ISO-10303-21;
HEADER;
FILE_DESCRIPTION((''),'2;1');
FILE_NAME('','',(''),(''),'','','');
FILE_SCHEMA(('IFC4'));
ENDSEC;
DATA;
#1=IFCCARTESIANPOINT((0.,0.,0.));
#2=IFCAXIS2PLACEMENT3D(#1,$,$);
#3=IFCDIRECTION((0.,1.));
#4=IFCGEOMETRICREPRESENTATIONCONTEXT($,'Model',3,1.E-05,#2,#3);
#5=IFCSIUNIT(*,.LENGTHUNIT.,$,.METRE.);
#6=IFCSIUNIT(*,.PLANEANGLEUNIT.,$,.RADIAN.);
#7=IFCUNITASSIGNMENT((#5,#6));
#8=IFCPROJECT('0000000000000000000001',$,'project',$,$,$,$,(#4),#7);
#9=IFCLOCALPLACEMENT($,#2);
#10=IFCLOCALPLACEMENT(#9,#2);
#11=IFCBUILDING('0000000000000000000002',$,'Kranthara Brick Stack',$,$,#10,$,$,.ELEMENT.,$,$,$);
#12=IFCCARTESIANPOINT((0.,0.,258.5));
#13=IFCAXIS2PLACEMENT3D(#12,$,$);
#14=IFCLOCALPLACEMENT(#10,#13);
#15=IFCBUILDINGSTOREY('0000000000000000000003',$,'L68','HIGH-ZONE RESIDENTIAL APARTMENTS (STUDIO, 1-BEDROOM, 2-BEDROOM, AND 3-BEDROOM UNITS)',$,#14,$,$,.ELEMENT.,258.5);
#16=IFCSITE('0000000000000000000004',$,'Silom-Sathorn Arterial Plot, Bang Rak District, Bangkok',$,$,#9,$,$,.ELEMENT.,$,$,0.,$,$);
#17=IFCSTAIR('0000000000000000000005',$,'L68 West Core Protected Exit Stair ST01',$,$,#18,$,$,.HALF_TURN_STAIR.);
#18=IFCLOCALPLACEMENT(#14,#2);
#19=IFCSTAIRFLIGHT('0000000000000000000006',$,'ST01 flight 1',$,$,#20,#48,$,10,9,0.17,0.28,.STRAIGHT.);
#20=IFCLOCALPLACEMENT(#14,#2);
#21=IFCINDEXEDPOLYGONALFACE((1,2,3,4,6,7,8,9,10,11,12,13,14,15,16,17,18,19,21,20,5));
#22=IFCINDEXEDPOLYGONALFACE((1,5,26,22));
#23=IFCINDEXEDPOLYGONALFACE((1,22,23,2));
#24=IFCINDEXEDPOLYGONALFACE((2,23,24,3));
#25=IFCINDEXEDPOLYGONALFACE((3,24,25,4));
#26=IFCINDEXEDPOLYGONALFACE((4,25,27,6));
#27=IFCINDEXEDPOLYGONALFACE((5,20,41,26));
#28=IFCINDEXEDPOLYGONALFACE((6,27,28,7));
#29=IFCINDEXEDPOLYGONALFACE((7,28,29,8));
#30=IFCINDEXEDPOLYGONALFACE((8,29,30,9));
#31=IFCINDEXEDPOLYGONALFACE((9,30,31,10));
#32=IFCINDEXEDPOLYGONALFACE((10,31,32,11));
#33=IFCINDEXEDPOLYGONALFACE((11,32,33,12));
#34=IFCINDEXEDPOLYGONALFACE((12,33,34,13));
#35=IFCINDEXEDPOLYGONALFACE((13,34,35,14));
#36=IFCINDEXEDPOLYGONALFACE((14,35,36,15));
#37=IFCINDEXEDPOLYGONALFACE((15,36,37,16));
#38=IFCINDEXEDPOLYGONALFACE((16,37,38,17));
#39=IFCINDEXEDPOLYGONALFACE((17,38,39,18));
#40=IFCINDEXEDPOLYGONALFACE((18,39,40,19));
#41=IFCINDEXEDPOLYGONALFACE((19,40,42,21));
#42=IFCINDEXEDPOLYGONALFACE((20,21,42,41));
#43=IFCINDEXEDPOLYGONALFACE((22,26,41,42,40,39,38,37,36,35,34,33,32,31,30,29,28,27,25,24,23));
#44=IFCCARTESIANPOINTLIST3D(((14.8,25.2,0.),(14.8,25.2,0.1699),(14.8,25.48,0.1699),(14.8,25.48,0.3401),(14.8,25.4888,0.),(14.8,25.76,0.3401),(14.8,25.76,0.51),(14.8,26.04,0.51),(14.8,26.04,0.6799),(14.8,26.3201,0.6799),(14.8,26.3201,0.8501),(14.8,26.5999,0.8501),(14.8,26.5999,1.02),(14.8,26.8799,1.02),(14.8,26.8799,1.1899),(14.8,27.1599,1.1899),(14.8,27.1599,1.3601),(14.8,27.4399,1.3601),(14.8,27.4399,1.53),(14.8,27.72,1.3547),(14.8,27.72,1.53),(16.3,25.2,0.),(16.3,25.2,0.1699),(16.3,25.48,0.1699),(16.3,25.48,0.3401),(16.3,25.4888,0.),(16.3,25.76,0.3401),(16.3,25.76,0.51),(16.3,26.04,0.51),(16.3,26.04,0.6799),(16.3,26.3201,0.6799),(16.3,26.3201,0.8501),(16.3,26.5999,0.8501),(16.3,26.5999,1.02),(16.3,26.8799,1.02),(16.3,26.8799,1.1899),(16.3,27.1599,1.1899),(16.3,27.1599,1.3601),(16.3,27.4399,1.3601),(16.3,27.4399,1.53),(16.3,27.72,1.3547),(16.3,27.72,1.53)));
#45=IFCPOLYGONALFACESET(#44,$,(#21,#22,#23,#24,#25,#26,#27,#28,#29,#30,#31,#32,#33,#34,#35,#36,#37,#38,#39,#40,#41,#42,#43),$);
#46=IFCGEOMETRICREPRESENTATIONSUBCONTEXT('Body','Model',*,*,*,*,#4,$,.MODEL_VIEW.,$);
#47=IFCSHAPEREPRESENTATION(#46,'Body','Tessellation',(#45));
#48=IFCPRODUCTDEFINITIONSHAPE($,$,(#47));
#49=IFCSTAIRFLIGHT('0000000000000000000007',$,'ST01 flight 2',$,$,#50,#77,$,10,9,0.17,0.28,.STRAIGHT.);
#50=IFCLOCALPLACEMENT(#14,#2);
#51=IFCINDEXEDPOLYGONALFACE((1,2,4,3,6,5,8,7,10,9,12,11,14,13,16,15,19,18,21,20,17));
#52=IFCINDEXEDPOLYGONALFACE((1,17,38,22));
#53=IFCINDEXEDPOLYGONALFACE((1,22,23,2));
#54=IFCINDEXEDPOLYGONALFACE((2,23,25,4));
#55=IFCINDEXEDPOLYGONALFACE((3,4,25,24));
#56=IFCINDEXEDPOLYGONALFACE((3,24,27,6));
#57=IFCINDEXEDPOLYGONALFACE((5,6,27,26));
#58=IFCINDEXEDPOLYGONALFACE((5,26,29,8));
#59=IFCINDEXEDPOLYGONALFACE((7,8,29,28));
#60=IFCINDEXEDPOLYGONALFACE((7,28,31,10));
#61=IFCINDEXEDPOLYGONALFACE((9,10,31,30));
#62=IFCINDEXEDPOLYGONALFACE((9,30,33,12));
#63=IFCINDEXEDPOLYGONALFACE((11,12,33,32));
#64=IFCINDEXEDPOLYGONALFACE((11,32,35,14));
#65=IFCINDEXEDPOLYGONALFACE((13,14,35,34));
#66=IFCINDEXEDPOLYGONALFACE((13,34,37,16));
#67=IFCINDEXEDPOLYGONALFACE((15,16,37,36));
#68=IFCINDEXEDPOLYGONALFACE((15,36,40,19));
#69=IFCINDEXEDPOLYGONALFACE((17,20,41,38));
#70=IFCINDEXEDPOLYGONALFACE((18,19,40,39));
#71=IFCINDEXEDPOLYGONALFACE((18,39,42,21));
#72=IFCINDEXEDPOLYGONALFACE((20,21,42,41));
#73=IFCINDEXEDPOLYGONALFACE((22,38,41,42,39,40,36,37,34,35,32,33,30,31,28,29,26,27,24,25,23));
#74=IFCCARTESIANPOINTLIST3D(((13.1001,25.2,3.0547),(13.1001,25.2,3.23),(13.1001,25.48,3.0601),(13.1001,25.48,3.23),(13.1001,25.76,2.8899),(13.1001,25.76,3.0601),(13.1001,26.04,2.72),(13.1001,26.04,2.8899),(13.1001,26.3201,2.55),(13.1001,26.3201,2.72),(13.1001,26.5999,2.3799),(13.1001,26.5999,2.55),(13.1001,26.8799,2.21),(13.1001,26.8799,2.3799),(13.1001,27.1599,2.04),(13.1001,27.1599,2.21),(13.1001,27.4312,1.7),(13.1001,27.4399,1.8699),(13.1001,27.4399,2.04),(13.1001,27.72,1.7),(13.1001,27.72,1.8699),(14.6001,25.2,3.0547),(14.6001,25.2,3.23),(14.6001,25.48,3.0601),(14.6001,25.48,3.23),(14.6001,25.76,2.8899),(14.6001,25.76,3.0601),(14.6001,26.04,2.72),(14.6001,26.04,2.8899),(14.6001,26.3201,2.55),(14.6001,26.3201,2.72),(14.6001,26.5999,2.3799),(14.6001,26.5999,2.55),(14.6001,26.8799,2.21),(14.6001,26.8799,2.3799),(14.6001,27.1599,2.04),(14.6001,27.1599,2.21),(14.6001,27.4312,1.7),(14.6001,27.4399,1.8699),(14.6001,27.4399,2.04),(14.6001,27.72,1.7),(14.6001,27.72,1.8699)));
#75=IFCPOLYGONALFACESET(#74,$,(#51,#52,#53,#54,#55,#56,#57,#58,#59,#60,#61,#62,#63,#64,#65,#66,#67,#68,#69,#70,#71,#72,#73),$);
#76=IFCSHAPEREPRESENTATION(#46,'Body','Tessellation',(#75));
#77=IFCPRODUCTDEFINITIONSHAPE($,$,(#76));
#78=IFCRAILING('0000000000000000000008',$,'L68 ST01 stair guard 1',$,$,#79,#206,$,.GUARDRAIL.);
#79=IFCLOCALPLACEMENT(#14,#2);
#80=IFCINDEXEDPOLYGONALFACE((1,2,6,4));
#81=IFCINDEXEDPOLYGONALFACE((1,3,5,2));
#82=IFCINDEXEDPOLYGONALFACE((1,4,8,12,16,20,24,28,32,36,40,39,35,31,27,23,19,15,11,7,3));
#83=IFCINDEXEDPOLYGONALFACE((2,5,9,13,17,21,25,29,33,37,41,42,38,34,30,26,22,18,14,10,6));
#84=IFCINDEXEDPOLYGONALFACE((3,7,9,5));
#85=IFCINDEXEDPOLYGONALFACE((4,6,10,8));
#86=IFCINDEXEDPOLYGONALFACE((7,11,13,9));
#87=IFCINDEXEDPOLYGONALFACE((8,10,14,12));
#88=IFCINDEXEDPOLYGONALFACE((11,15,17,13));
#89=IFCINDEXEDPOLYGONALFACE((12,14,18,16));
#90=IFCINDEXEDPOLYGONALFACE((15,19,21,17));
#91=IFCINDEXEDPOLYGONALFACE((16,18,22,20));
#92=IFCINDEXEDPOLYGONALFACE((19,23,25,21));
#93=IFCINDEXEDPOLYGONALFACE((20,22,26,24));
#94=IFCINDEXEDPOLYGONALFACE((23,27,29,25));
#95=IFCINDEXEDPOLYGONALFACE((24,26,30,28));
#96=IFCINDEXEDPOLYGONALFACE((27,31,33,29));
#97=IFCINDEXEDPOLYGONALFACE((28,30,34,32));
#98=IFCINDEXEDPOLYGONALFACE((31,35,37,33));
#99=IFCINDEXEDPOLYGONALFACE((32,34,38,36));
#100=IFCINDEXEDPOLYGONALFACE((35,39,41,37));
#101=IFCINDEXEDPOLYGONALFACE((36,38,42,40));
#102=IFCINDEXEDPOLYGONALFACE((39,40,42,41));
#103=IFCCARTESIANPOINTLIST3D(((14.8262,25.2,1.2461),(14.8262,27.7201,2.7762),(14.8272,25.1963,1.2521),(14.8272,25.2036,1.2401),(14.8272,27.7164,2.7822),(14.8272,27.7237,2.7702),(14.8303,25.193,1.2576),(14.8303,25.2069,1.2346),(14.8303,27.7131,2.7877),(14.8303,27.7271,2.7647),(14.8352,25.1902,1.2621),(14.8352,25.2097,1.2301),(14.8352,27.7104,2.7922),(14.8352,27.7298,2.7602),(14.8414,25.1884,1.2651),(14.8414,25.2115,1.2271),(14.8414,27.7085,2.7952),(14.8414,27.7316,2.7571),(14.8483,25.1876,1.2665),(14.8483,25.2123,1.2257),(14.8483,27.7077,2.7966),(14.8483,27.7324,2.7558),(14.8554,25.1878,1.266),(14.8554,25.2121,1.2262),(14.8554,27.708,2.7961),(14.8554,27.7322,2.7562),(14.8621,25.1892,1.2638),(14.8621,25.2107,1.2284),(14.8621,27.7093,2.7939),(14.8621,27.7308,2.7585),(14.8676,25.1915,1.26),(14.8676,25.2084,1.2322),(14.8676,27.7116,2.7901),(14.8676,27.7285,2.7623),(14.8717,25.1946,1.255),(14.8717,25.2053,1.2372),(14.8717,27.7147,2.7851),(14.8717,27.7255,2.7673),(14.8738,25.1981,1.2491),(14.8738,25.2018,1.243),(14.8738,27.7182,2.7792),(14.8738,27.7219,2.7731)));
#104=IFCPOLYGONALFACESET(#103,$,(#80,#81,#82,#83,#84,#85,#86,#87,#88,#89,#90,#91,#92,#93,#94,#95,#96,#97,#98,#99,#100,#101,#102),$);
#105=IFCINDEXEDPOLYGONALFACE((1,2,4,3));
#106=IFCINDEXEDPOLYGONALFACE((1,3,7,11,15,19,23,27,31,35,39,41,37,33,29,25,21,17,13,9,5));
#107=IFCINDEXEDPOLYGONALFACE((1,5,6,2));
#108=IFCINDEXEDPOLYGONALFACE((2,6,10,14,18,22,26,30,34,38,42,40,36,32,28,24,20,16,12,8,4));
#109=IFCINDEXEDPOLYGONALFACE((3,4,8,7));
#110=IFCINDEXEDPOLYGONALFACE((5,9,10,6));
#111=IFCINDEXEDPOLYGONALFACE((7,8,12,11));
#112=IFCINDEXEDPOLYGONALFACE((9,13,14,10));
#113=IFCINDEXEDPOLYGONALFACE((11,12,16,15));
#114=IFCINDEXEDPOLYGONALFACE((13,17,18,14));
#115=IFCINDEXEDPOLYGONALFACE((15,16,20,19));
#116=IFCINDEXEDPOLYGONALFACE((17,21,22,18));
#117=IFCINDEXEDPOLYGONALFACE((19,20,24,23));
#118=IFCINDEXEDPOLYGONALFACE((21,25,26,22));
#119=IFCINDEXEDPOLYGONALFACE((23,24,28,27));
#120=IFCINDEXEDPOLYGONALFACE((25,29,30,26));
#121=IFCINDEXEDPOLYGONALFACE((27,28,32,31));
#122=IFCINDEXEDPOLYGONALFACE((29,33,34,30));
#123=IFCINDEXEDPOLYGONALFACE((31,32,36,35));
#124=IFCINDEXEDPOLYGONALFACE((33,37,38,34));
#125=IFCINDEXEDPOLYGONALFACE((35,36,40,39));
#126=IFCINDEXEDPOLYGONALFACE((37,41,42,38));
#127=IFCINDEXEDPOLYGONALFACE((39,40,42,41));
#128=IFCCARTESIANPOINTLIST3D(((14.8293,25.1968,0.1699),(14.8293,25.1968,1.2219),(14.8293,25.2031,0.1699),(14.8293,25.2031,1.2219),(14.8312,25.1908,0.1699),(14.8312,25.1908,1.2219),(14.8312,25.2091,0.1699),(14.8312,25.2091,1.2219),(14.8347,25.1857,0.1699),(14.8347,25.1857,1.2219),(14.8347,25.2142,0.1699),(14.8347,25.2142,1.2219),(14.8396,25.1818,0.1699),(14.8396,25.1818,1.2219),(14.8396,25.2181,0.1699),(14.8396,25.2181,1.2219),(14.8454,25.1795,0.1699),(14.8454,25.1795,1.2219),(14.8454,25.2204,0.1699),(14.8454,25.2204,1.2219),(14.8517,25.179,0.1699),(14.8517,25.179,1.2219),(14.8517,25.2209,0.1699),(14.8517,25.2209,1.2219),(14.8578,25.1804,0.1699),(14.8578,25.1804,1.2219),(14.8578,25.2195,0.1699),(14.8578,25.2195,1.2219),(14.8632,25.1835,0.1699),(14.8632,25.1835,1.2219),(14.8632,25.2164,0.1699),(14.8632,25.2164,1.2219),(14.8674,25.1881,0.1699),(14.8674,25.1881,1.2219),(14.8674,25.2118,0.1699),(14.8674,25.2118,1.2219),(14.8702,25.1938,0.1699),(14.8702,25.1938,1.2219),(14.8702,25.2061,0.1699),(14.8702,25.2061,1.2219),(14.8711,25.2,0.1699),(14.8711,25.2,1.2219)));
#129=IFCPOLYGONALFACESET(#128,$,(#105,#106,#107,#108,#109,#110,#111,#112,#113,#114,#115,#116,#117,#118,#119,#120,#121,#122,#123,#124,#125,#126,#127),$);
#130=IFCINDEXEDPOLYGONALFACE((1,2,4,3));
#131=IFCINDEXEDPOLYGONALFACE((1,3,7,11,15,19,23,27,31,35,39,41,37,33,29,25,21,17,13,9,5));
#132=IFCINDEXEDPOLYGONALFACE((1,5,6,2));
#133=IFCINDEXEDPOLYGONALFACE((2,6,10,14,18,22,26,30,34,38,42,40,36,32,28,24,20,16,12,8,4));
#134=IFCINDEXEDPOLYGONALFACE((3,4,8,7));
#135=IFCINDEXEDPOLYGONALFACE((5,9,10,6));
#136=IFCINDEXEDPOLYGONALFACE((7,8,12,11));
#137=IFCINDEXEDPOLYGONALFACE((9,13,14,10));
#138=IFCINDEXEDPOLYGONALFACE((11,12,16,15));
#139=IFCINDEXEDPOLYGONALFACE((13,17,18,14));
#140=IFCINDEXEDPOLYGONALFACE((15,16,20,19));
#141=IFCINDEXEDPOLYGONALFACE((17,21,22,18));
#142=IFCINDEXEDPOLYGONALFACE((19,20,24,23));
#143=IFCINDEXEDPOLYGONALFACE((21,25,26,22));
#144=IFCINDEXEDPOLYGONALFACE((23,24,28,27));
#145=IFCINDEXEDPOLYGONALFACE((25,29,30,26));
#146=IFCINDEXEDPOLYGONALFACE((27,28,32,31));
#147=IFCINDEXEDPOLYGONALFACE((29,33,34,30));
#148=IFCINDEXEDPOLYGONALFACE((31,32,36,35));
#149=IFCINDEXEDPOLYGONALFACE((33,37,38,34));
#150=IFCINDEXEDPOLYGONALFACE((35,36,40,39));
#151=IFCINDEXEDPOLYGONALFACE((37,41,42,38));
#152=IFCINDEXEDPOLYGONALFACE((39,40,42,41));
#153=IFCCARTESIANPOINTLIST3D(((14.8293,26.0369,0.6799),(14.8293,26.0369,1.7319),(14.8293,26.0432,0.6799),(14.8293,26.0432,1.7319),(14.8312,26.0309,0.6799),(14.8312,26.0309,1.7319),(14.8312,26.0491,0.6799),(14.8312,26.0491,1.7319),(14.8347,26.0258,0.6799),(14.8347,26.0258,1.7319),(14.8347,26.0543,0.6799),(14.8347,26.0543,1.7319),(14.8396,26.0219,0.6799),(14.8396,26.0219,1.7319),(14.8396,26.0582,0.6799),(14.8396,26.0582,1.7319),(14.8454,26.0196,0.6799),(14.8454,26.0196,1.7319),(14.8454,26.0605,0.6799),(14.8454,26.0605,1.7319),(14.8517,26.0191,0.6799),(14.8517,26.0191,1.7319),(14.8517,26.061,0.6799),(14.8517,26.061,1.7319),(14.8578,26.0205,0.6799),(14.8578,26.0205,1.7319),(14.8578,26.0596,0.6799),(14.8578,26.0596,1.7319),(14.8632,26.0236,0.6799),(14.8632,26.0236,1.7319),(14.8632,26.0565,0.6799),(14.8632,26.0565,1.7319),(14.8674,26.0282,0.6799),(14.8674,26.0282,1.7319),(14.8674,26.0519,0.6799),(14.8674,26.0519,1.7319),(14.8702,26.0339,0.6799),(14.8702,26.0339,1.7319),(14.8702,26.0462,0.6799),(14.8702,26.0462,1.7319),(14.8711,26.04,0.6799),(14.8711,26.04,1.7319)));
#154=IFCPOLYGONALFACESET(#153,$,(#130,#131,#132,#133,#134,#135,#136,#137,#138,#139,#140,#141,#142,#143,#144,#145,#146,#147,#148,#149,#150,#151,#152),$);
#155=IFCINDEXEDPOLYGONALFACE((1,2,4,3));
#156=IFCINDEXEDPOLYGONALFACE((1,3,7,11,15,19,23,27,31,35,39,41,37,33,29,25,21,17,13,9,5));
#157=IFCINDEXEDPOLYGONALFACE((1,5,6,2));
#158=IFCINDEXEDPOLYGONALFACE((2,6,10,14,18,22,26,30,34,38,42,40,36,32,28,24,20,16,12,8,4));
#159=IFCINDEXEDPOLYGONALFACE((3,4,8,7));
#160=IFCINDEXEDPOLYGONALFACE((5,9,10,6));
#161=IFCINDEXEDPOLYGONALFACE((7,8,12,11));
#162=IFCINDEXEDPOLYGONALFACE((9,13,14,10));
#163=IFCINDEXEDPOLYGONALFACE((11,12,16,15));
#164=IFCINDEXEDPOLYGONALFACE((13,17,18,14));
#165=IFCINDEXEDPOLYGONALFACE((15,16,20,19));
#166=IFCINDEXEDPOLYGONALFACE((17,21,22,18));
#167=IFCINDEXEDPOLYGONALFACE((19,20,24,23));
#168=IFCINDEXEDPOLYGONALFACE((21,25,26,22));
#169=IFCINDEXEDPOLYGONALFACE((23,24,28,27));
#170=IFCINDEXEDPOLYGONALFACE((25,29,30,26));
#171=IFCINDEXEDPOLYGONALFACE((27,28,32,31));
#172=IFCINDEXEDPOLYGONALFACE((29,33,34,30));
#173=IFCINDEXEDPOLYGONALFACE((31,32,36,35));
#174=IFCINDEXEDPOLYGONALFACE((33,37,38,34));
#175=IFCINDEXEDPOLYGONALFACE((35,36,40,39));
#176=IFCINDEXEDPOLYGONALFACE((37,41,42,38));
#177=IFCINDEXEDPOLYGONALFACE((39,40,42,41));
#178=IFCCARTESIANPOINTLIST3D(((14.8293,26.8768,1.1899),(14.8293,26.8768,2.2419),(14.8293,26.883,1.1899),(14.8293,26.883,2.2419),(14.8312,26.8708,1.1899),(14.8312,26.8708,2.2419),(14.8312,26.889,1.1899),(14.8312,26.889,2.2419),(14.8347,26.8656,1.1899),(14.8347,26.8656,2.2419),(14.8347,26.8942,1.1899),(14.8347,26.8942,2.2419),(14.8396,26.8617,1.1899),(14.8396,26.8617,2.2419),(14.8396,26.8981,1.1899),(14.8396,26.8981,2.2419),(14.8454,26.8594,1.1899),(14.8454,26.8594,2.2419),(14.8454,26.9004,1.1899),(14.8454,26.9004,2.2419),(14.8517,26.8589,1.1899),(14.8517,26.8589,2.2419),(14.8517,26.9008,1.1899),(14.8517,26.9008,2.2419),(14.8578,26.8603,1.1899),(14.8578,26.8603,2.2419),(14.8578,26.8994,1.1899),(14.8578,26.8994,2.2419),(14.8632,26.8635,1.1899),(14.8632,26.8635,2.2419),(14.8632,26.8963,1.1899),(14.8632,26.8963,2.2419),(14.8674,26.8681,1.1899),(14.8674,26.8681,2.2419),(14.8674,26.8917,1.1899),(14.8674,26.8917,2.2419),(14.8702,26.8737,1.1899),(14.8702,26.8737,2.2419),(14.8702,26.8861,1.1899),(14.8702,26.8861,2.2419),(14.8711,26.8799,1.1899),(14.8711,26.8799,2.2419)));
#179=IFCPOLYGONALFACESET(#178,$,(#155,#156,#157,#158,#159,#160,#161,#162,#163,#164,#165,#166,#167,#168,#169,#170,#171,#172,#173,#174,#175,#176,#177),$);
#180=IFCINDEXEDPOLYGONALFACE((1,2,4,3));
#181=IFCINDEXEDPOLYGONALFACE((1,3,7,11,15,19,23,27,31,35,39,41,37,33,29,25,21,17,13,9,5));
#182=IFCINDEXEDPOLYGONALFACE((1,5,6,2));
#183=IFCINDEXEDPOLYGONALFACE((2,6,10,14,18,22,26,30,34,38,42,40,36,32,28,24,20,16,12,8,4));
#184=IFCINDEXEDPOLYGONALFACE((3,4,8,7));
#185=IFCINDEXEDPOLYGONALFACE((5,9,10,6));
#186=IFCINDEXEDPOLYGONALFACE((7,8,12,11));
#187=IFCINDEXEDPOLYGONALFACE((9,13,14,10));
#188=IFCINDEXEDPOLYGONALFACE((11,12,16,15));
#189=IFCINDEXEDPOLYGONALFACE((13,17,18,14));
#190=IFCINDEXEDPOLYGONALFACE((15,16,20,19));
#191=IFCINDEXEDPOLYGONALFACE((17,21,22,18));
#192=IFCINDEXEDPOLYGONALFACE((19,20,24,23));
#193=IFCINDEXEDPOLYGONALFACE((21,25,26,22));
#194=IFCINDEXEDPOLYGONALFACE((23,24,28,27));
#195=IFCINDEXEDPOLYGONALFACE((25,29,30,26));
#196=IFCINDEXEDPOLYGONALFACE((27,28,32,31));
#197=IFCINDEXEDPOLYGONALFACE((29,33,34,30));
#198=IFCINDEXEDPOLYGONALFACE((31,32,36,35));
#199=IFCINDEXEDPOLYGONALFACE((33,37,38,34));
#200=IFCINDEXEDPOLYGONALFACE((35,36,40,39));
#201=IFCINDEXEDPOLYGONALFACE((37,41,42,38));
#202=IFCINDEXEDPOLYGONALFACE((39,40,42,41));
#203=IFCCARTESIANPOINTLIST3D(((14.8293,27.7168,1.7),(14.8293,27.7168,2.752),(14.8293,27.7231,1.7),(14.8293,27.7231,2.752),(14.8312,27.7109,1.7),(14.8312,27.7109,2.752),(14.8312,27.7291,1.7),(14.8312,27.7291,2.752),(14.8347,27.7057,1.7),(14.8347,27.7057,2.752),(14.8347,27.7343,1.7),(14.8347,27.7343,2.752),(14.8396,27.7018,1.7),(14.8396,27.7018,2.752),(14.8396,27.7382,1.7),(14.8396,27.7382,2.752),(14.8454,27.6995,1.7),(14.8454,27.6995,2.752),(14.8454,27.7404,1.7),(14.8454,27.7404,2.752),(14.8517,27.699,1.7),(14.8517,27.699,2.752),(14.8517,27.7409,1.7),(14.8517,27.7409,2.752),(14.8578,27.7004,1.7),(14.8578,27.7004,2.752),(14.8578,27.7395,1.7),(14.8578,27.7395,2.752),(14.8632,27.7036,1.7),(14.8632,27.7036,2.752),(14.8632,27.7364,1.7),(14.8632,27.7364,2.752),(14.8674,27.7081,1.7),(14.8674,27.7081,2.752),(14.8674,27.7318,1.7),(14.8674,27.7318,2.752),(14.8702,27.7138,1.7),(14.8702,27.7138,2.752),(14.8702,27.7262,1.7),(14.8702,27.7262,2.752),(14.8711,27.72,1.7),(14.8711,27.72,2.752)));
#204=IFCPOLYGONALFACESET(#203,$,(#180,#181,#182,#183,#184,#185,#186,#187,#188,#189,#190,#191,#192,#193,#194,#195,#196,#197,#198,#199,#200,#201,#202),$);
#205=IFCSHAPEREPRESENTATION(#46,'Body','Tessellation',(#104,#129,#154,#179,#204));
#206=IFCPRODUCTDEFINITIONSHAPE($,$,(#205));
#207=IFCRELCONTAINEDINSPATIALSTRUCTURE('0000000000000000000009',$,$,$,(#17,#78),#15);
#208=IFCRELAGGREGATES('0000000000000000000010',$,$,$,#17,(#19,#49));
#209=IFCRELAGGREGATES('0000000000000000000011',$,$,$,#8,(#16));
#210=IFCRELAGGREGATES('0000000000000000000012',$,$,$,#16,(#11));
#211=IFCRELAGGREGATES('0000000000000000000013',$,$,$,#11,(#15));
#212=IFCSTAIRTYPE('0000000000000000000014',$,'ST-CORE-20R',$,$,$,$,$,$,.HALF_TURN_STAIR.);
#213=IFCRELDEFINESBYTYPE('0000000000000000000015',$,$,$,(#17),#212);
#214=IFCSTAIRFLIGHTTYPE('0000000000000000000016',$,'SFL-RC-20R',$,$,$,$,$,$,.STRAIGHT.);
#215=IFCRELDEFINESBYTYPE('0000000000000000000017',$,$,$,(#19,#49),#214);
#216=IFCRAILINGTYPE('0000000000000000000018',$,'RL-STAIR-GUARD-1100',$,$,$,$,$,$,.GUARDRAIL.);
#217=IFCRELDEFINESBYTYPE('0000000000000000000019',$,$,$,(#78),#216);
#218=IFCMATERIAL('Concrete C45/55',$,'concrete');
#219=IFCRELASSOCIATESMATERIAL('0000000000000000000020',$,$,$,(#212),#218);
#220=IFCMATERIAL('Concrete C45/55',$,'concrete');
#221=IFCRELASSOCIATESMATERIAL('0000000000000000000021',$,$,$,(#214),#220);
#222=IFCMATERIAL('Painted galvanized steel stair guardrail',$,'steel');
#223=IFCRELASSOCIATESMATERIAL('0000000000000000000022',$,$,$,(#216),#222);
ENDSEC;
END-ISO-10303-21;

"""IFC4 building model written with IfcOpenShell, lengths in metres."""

from ifc_helpers import new_model, si_unit, direction, frame, origin, origin_2d, place, context, subcontext, project, spatial, polyline, circle, outline, extrude, material, type_object, element, aggregate, save


model = new_model("IFC4")

# Units and contexts
model_context = context("Model", 3, precision=1e-05, world=origin(), true_north=direction((0.0, 1.0)))
body_context = subcontext(model_context, "Body", "Model", "MODEL_VIEW")
ifc_project = project(units=[si_unit("LENGTHUNIT", "METRE"), si_unit("PLANEANGLEUNIT", "RADIAN")], contexts=[model_context])

# Site, building, storey
site_placement = place(None, origin())
site = spatial("IfcSite", under=ifc_project, at=site_placement, Name="Silom-Sathorn Arterial Plot, Bang Rak District, Bangkok", CompositionType="ELEMENT", RefElevation=0.0)
building_placement = place(site_placement, origin())
building = spatial("IfcBuilding", under=site, at=building_placement, Name="Kranthara Brick Stack", CompositionType="ELEMENT")
storey_placement = place(building_placement, frame((0.0, 0.0, 258.5)))
storey = spatial("IfcBuildingStorey", under=building, at=storey_placement, Name="L68", Description="HIGH-ZONE RESIDENTIAL APARTMENTS (STUDIO, 1-BEDROOM, 2-BEDROOM, AND 3-BEDROOM UNITS)", CompositionType="ELEMENT", Elevation=258.5)

# Stair, stair flights
ifc_material_1 = material(Name="Concrete C45/55", Category="concrete")
stair_type = type_object("IfcStairType", Name="ST-CORE-20R", PredefinedType="HALF_TURN_STAIR", material=ifc_material_1)
stair_placement = place(storey_placement, origin())
stair = element("IfcStair", 1, at=stair_placement, inside=storey, type_object=stair_type, Name="L68 West Core Protected Exit Stair ST01", PredefinedType="HALF_TURN_STAIR")
ifc_material_2 = material(Name="Concrete C45/55", Category="concrete")
stair_flight_type = type_object("IfcStairFlightType", Name="SFL-RC-20R", PredefinedType="STRAIGHT", material=ifc_material_2)
stair_flight_1_placement = place(storey_placement, frame((15.55, 25.2, 0.0), z_axis=(0.0, 0.0, 1.0), x_axis=(0.0, 1.0, 0.0)))
stair_flight_1 = element("IfcStairFlight", 2, at=stair_flight_1_placement, type_object=stair_flight_type, Name="ST01 flight 1", NumberOfRisers=10, NumberOfTreads=9, PredefinedType="STRAIGHT", RiserHeight=0.17, TreadLength=0.28, context=body_context, shape_type="SweptSolid", body=[
    extrude(outline(polyline([(0.0, 0.0), (0.0, 0.1699), (0.28, 0.1699), (0.28, 0.3401), (0.5601, 0.3401), (0.5601, 0.51), (0.8401, 0.51), (0.8401, 0.6799), (1.1201, 0.6799), (1.1201, 0.8501), (1.3999, 0.8501), (1.3999, 1.02), (1.6799, 1.02), (1.6799, 1.1899), (1.96, 1.1899), (1.96, 1.3601), (2.24, 1.3601), (2.24, 1.53), (2.52, 1.53), (2.52, 1.7), (2.52, 1.3547), (0.2888, 0.0), (0.0, 0.0)])), frame((0.0, 0.75, 0.0), z_axis=(0.0, -1.0, 0.0), x_axis=(1.0, 0.0, 0.0)), (0.0, 0.0, 1.0), 1.5),
])
stair_flight_2_placement = place(storey_placement, frame((13.8501, 27.72, 1.7), z_axis=(0.0, 0.0, 1.0), x_axis=(0.0, -1.0, 0.0)))
stair_flight_2 = element("IfcStairFlight", 3, at=stair_flight_2_placement, type_object=stair_flight_type, Name="ST01 flight 2", NumberOfRisers=10, NumberOfTreads=9, PredefinedType="STRAIGHT", RiserHeight=0.17, TreadLength=0.28, context=body_context, shape_type="SweptSolid", body=[
    extrude(outline(polyline([(0.0, 0.0), (0.0, 0.1699), (0.28, 0.1699), (0.28, 0.3401), (0.5601, 0.3401), (0.5601, 0.51), (0.8401, 0.51), (0.8401, 0.6799), (1.1201, 0.6799), (1.1201, 0.8501), (1.3999, 0.8501), (1.3999, 1.02), (1.6799, 1.02), (1.6799, 1.1899), (1.96, 1.1899), (1.96, 1.3601), (2.24, 1.3601), (2.24, 1.53), (2.52, 1.53), (2.52, 1.7), (2.52, 1.3547), (0.2888, 0.0), (0.0, 0.0)])), frame((0.0, 0.75, 0.0), z_axis=(0.0, -1.0, 0.0), x_axis=(1.0, 0.0, 0.0)), (0.0, 0.0, 1.0), 1.5),
])
aggregate(stair, [stair_flight_1, stair_flight_2])

# Railing
ifc_material_3 = material(Name="Painted galvanized steel stair guardrail", Category="steel")
railing_type_1 = type_object("IfcRailingType", Name="RL-STAIR-GUARD-1100", PredefinedType="GUARDRAIL", material=ifc_material_3)
railing_1_placement = place(storey_placement, frame((14.8501, 25.2, 0.1699)))
element("IfcRailing", 4, at=railing_1_placement, inside=storey, type_object=railing_type_1, Name="L68 ST01 stair guard 1", PredefinedType="GUARDRAIL", context=body_context, shape_type="SweptSolid", body=[
    extrude(circle(Radius=0.0239, at=origin_2d()), frame((0.0, 0.0, 1.0762), z_axis=(0.0, 0.854785, 0.518982), x_axis=(-1.0, 0.0, 0.0)), (0.0, 0.0, 1.0), 2.9482),
    extrude(circle(Radius=0.021, at=origin_2d()), origin(), (0.0, 0.0, 1.0), 1.052),
    extrude(circle(Radius=0.021, at=origin_2d()), frame((0.0, 0.8401, 0.51)), (0.0, 0.0, 1.0), 1.052),
    extrude(circle(Radius=0.021, at=origin_2d()), frame((0.0, 1.6799, 1.02)), (0.0, 0.0, 1.0), 1.052),
    extrude(circle(Radius=0.021, at=origin_2d()), frame((0.0, 2.52, 1.53)), (0.0, 0.0, 1.0), 1.052),
])

save(model, "model.ifc")
